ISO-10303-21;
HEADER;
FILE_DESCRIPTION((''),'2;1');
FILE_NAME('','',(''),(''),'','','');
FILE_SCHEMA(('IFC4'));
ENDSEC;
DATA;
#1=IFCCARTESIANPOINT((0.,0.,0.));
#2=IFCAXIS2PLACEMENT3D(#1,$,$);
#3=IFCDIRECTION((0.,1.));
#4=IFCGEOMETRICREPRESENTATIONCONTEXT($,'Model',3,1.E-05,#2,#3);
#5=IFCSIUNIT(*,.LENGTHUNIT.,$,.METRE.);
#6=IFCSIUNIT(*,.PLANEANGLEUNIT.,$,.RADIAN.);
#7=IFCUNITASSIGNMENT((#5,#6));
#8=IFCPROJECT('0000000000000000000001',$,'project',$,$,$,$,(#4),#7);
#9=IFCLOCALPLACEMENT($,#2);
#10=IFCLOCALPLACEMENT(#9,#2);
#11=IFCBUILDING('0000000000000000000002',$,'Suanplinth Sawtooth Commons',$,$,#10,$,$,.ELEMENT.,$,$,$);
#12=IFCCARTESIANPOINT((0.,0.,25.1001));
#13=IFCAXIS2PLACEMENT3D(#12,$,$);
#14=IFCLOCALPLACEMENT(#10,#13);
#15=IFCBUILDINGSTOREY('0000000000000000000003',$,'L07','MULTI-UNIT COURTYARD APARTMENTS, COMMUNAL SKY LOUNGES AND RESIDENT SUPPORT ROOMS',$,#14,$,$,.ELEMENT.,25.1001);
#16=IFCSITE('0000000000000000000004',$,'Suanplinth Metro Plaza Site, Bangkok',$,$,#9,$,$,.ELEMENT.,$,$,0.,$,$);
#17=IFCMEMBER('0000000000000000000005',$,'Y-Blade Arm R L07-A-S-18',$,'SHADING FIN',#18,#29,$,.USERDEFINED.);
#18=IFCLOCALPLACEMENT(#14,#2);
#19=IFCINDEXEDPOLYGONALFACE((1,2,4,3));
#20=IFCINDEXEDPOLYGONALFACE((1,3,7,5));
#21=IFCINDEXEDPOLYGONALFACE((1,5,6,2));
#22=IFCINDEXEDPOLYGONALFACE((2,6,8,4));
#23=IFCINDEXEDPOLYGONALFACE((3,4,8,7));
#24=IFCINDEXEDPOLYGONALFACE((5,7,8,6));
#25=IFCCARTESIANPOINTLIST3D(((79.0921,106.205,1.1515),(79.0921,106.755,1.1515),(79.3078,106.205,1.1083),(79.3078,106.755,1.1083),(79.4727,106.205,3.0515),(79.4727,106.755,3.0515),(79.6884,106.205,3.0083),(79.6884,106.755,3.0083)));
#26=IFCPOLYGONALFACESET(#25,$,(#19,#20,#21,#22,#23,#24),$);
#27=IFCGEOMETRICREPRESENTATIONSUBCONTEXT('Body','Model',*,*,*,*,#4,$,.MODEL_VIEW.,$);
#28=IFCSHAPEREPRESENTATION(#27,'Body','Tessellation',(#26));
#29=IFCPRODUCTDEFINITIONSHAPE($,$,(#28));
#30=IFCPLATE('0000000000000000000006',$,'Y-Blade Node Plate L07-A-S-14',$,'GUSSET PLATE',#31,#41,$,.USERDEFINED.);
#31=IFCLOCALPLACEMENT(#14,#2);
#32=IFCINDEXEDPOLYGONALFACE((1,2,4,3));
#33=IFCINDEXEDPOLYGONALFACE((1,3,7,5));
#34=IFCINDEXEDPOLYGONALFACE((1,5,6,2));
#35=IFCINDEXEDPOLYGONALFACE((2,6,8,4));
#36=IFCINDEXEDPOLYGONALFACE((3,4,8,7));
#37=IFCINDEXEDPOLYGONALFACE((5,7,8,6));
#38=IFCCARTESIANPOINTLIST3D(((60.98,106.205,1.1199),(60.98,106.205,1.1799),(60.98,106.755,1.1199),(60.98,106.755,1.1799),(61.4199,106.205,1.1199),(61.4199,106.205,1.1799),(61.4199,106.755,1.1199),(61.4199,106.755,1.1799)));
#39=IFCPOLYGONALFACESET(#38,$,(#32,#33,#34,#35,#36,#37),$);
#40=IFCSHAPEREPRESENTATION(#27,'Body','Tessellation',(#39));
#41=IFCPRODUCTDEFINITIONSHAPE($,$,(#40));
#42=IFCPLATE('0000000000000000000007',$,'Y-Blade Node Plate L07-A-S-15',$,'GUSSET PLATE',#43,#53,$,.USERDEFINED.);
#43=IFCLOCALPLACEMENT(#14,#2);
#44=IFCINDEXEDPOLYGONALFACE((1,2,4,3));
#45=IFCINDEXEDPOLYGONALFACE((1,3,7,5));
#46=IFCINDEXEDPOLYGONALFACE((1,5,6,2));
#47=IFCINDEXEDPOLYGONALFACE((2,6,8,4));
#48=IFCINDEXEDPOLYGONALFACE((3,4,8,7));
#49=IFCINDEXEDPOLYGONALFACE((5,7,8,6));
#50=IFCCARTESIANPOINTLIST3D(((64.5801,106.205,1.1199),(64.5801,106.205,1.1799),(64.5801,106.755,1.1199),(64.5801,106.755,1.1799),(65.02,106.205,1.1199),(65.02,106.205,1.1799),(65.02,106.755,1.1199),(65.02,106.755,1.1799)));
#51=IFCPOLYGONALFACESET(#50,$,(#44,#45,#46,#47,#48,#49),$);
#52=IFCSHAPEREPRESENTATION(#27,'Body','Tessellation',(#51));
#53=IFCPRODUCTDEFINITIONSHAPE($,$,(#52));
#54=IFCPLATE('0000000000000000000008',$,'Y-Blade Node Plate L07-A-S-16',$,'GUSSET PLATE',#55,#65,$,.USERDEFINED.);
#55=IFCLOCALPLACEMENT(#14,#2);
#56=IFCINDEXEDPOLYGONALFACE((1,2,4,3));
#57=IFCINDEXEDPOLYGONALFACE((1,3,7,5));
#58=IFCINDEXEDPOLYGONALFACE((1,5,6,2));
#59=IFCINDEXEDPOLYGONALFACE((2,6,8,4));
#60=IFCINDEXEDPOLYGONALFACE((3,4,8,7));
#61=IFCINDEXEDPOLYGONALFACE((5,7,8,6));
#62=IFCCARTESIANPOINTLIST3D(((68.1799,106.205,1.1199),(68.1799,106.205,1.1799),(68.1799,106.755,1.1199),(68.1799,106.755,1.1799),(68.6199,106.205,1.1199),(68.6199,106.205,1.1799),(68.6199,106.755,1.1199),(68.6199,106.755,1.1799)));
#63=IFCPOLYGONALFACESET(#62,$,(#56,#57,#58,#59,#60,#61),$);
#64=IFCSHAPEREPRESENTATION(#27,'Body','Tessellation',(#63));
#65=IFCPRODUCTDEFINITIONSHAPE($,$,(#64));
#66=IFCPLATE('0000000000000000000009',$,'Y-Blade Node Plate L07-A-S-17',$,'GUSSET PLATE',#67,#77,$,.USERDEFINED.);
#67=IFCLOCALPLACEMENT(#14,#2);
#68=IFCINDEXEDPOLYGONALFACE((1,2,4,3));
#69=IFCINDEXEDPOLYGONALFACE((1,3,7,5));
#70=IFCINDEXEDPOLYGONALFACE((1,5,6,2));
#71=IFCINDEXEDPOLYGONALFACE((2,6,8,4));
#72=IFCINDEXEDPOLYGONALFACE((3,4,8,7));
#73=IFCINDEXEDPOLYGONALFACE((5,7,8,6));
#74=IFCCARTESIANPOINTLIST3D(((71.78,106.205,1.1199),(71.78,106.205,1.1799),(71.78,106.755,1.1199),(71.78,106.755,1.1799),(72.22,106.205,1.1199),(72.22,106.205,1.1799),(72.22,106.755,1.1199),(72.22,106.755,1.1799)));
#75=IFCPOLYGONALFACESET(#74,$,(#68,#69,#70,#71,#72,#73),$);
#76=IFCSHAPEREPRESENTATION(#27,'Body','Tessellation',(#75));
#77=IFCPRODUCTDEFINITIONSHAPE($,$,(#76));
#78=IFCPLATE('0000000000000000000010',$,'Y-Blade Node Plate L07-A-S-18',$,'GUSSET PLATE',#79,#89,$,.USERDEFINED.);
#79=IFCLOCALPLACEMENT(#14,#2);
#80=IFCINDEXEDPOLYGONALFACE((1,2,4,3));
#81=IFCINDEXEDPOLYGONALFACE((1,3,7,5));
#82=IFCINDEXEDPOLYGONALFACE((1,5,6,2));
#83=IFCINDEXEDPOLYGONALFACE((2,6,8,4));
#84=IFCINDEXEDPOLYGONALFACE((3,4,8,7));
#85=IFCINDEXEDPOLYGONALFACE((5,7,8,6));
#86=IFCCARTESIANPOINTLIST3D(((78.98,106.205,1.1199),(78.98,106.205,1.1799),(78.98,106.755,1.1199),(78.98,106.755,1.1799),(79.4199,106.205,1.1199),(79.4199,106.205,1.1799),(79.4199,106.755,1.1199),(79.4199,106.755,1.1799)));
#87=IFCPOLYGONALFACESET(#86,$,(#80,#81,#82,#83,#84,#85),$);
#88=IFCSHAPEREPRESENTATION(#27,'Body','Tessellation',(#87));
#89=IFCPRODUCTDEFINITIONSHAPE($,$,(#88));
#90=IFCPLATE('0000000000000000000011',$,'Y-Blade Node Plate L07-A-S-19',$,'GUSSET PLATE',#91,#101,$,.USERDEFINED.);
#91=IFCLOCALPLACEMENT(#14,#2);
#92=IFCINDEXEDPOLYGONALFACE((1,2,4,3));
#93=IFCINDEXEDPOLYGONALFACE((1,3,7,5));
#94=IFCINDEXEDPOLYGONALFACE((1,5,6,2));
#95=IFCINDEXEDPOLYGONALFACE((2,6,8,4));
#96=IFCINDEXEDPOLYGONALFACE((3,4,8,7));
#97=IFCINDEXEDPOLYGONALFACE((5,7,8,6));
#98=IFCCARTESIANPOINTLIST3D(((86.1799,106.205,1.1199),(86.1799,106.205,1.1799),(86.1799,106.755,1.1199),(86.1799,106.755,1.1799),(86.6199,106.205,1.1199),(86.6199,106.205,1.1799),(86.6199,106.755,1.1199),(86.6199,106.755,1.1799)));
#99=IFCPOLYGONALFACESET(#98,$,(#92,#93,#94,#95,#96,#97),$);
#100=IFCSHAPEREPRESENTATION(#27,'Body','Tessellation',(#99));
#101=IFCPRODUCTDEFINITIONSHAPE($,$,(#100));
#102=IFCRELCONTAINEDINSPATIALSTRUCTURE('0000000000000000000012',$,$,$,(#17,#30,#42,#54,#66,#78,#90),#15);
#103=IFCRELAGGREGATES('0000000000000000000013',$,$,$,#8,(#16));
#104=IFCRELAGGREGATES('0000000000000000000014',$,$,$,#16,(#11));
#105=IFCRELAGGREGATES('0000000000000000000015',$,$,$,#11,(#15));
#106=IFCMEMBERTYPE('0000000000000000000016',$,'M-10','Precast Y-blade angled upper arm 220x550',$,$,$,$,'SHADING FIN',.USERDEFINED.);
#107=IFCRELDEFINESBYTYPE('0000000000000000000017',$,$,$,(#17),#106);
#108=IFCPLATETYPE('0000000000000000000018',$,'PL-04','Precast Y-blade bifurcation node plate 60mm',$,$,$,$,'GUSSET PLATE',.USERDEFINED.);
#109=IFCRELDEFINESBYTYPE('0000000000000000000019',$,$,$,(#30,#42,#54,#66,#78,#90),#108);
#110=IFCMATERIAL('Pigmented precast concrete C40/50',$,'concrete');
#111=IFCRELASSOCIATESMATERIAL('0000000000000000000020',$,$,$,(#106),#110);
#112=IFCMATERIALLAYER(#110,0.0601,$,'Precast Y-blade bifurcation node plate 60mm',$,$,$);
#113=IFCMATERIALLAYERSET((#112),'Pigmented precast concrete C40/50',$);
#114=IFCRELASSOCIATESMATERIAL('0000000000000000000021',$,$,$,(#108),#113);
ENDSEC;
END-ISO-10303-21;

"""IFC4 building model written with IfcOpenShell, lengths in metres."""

from ifc_helpers import new_model, si_unit, direction, frame, origin, origin_2d, place, context, subcontext, project, spatial, rectangle, extrude, material, layer, layer_set, material_profile, profile_set, type_object, element, save


model = new_model("IFC4")

# Units and contexts
model_context = context("Model", 3, precision=1e-05, world=origin(), true_north=direction((0.0, 1.0)))
body_context = subcontext(model_context, "Body", "Model", "MODEL_VIEW")
ifc_project = project(units=[si_unit("LENGTHUNIT", "METRE"), si_unit("PLANEANGLEUNIT", "RADIAN")], contexts=[model_context])

# Site, building, storey
site_placement = place(None, origin())
site = spatial("IfcSite", under=ifc_project, at=site_placement, Name="Suanplinth Metro Plaza Site, Bangkok", CompositionType="ELEMENT", RefElevation=0.0)
building_placement = place(site_placement, origin())
building = spatial("IfcBuilding", under=site, at=building_placement, Name="Suanplinth Sawtooth Commons", CompositionType="ELEMENT")
storey_placement = place(building_placement, frame((0.0, 0.0, 25.1001)))
storey = spatial("IfcBuildingStorey", under=building, at=storey_placement, Name="L07", Description="MULTI-UNIT COURTYARD APARTMENTS, COMMUNAL SKY LOUNGES AND RESIDENT SUPPORT ROOMS", CompositionType="ELEMENT", Elevation=25.1001)

# Member
ifc_material = material(Name="Pigmented precast concrete C40/50", Category="concrete")
ifc_material_profile_1 = material_profile(ifc_material, rectangle(XDim=0.22, YDim=0.55, at=origin_2d()), Name="PC-FIN 220x550")
ifc_profile_set_1 = profile_set([ifc_material_profile_1], Name="Pigmented precast concrete C40/50")
member_type_1 = type_object("IfcMemberType", Name="M-10", Description="Precast Y-blade angled upper arm 220x550", ElementType="SHADING FIN", PredefinedType="USERDEFINED", material=ifc_profile_set_1)
member_1_placement = place(storey_placement, frame((79.2, 106.48, 1.1299), z_axis=(0.196431, 0.0, 0.980518), x_axis=(-0.980518, 0.0, 0.196431)))
element("IfcMember", 1, at=member_1_placement, inside=storey, type_object=member_type_1, Name="Y-Blade Arm R L07-A-S-18", ObjectType="SHADING FIN", PredefinedType="USERDEFINED", context=body_context, shape_type="SweptSolid", body=[
    extrude(rectangle(XDim=0.22, YDim=0.55, at=origin_2d()), origin(), (0.0, 0.0, 1.0), 1.9377),
])

# Plates
ifc_layer = layer(ifc_material, 0.0601, Name="Precast Y-blade bifurcation node plate 60mm")
ifc_layer_set = layer_set([ifc_layer], Name="Pigmented precast concrete C40/50")
plate_type = type_object("IfcPlateType", Name="PL-04", Description="Precast Y-blade bifurcation node plate 60mm", ElementType="GUSSET PLATE", PredefinedType="USERDEFINED", material=ifc_layer_set)
for number, where, z_axis, x_axis, name in (
    (2, (61.2, 106.48, 1.1199), (0.0, 0.0, 1.0), (1.0, 0.0, 0.0), "Y-Blade Node Plate L07-A-S-14"),
    (3, (64.8, 106.48, 1.1199), (0.0, 0.0, 1.0), (1.0, 0.0, 0.0), "Y-Blade Node Plate L07-A-S-15"),
    (4, (68.3999, 106.48, 1.1199), (0.0, 0.0, 1.0), (1.0, 0.0, 0.0), "Y-Blade Node Plate L07-A-S-16"),
    (5, (72.0, 106.48, 1.1199), (0.0, 0.0, 1.0), (1.0, 0.0, 0.0), "Y-Blade Node Plate L07-A-S-17"),
    (6, (79.2, 106.48, 1.1199), (0.0, 0.0, 1.0), (1.0, 0.0, 0.0), "Y-Blade Node Plate L07-A-S-18"),
    (7, (86.3999, 106.48, 1.1199), (0.0, 0.0, 1.0), (1.0, 0.0, 0.0), "Y-Blade Node Plate L07-A-S-19"),
):
    element("IfcPlate", number, at=place(storey_placement, frame(where, z_axis=z_axis, x_axis=x_axis)), inside=storey, type_object=plate_type, Name=name, ObjectType="GUSSET PLATE", PredefinedType="USERDEFINED", context=body_context, shape_type="SweptSolid", body=[
        extrude(rectangle(XDim=0.4399, YDim=0.55, at=origin_2d()), origin(), (0.0, 0.0, 1.0), 0.0601),
    ])

save(model, "model.ifc")
